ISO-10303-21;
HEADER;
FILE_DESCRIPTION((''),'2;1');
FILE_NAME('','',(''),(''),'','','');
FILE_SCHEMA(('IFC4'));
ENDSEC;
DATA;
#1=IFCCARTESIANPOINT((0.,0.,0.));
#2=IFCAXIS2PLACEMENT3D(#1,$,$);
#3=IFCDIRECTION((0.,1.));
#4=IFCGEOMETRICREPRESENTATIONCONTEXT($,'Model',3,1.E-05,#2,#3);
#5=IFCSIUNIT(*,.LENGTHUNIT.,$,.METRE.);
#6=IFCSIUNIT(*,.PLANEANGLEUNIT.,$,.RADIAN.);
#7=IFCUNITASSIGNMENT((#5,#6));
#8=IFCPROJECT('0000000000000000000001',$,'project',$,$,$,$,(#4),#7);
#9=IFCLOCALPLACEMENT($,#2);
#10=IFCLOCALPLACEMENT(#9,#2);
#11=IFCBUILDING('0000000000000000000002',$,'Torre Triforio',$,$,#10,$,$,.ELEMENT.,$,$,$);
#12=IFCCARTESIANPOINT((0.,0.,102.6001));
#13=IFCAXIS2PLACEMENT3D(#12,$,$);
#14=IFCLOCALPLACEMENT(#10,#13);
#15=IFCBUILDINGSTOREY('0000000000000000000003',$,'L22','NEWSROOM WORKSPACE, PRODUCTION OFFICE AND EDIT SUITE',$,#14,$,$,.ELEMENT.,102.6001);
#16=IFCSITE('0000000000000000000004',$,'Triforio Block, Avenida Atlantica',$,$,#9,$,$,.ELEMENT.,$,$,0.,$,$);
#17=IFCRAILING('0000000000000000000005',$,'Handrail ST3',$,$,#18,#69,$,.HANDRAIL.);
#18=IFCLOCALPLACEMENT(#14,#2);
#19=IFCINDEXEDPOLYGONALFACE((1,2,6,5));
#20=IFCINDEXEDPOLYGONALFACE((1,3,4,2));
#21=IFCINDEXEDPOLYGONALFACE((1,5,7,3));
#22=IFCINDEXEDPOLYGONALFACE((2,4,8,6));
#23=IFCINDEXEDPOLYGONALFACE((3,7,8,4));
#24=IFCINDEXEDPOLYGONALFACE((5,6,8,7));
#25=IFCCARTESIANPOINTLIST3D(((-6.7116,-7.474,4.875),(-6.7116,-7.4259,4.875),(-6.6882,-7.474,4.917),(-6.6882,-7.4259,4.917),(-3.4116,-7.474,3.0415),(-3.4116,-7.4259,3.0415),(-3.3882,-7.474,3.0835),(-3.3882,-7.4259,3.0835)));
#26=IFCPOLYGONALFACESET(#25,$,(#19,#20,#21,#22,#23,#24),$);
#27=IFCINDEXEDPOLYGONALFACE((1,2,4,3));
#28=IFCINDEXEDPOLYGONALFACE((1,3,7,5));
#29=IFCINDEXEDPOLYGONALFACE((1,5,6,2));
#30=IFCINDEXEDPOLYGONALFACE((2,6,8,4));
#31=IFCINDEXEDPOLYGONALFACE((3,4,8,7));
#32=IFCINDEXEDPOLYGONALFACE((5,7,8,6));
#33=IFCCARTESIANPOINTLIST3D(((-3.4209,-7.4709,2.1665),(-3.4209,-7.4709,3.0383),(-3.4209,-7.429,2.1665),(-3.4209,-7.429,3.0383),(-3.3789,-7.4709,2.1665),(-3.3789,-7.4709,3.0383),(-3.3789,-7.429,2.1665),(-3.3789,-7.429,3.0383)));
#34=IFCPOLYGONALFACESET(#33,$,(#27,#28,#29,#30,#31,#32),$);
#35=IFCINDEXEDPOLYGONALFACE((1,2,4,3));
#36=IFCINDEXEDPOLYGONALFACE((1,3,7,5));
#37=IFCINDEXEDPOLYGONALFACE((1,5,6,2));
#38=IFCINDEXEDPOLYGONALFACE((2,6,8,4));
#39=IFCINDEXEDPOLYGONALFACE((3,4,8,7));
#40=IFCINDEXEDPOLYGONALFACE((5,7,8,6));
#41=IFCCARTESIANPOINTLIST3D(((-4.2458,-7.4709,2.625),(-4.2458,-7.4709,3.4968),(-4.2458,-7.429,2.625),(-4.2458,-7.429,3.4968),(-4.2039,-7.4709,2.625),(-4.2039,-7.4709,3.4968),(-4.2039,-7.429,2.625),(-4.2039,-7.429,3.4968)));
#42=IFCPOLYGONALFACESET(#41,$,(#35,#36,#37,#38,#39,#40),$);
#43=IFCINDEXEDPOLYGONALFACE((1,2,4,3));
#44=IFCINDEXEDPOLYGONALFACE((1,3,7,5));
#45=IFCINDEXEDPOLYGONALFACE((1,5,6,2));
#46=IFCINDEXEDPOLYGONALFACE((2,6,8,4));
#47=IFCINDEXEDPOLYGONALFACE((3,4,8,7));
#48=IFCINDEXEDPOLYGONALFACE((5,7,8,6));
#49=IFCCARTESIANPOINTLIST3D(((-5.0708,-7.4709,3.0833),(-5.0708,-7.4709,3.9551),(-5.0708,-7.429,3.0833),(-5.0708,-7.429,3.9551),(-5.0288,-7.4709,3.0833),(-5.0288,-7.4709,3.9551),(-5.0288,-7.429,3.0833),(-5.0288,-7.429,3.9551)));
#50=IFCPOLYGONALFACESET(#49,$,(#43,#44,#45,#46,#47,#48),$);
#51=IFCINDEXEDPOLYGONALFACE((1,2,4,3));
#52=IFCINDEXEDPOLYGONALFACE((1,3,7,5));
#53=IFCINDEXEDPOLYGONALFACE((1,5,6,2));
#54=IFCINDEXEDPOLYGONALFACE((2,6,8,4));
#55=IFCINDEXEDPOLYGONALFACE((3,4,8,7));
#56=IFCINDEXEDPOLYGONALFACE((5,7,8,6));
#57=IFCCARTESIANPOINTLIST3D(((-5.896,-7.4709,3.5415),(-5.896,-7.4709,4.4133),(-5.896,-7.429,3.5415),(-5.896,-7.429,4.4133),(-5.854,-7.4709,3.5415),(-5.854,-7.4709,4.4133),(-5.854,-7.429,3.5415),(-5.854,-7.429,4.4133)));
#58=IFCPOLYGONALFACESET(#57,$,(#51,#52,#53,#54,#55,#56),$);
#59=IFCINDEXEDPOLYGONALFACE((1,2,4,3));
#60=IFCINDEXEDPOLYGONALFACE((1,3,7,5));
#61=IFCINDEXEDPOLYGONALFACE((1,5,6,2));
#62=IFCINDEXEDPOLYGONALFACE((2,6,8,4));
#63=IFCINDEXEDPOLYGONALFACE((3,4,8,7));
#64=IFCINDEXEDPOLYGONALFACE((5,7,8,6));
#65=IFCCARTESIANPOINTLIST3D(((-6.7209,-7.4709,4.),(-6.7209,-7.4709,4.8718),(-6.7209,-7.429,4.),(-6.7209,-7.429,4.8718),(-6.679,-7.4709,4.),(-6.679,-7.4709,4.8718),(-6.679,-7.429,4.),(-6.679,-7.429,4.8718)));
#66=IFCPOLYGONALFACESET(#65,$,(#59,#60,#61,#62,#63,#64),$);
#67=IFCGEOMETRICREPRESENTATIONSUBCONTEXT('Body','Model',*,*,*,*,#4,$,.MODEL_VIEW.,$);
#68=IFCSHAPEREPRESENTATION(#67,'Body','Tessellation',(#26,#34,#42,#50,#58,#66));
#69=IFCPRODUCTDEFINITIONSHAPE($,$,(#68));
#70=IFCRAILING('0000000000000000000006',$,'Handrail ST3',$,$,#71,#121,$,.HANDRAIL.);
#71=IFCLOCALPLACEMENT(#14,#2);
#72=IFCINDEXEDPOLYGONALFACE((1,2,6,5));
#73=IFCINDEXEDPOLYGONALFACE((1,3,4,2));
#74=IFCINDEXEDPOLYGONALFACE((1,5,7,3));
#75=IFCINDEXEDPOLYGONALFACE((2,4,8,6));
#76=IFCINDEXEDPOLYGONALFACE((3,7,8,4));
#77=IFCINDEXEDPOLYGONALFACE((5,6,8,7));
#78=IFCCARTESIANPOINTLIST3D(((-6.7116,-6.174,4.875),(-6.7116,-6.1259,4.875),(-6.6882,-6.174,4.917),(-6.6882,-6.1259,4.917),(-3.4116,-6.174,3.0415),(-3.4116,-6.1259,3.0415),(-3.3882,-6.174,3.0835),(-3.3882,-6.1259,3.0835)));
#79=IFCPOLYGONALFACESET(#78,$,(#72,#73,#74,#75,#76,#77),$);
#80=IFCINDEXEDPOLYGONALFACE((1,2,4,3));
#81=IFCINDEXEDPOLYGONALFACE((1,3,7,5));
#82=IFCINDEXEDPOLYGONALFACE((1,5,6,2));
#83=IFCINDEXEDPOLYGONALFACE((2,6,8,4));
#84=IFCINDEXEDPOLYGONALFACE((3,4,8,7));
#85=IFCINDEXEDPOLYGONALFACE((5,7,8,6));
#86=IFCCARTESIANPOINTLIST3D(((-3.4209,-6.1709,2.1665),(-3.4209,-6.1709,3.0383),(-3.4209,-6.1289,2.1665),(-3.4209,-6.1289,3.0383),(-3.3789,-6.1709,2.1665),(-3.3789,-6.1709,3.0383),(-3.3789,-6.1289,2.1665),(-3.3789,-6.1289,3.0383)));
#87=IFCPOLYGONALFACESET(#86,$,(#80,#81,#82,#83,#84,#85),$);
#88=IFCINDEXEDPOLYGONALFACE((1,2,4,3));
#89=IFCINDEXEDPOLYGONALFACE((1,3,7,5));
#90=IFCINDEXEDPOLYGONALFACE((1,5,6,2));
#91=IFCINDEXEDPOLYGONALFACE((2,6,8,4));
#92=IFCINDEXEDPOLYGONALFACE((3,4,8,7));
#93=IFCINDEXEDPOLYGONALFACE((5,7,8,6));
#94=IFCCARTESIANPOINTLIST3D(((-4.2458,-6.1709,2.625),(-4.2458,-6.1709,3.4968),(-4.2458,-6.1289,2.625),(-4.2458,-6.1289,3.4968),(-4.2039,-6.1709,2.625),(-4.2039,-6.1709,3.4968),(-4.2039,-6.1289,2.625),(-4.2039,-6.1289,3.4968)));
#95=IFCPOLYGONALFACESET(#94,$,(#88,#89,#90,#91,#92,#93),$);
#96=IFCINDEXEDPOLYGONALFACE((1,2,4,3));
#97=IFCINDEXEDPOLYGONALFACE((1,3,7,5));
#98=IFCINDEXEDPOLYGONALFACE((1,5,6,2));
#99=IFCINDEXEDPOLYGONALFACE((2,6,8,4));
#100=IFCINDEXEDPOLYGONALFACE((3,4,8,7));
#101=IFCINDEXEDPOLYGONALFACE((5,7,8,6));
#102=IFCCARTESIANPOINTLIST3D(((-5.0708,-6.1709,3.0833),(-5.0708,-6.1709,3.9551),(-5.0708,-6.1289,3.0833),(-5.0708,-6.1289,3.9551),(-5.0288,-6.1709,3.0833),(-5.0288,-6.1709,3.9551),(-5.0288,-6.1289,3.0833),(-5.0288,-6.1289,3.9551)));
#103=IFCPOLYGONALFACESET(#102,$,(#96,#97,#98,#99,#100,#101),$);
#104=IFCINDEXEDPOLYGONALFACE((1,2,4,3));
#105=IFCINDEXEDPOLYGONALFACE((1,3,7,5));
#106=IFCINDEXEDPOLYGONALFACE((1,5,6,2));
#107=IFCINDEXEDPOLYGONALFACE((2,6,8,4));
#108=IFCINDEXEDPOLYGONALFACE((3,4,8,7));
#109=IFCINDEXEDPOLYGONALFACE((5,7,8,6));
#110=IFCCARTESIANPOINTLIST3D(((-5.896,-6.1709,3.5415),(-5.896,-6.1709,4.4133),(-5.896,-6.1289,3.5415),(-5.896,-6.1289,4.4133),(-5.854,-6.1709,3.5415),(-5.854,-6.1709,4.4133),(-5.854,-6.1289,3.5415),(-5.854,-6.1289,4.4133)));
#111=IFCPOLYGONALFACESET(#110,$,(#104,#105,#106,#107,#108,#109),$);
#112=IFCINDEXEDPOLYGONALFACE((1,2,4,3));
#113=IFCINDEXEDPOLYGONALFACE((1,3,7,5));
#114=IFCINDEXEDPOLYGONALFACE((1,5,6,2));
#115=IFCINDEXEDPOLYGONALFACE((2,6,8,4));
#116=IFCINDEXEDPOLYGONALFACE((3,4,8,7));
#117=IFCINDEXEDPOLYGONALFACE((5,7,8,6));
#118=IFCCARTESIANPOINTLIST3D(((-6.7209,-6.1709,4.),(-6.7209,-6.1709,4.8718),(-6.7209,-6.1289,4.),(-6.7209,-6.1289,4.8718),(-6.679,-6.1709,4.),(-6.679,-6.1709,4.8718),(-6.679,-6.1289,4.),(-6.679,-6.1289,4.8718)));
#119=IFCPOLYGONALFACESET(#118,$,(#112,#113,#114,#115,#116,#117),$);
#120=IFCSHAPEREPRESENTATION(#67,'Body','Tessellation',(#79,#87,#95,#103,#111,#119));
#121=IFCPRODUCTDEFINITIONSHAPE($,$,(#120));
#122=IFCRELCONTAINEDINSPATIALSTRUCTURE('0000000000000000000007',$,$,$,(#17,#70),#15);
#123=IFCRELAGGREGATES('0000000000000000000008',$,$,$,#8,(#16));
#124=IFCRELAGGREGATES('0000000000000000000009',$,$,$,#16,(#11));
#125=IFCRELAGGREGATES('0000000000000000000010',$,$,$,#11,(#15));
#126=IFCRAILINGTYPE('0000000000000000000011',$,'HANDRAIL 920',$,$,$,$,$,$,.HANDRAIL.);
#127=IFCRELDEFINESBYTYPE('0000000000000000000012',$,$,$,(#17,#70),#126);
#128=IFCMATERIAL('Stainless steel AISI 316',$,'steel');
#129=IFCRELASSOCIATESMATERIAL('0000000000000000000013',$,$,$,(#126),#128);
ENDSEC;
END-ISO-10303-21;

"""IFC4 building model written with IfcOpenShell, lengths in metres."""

from ifc_helpers import new_model, si_unit, direction, frame, origin, origin_2d, place, context, subcontext, project, spatial, rectangle, extrude, material, type_object, element, save


model = new_model("IFC4")

# Units and contexts
model_context = context("Model", 3, precision=1e-05, world=origin(), true_north=direction((0.0, 1.0)))
body_context = subcontext(model_context, "Body", "Model", "MODEL_VIEW")
ifc_project = project(units=[si_unit("LENGTHUNIT", "METRE"), si_unit("PLANEANGLEUNIT", "RADIAN")], contexts=[model_context])

# Site, building, storey
site_placement = place(None, origin())
site = spatial("IfcSite", under=ifc_project, at=site_placement, Name="Triforio Block, Avenida Atlantica", CompositionType="ELEMENT", RefElevation=0.0)
building_placement = place(site_placement, origin())
building = spatial("IfcBuilding", under=site, at=building_placement, Name="Torre Triforio", CompositionType="ELEMENT")
storey_placement = place(building_placement, frame((0.0, 0.0, 102.6001)))
storey = spatial("IfcBuildingStorey", under=building, at=storey_placement, Name="L22", Description="NEWSROOM WORKSPACE, PRODUCTION OFFICE AND EDIT SUITE", CompositionType="ELEMENT", Elevation=102.6001)

# Railings
ifc_material_1 = material(Name="Stainless steel AISI 316", Category="steel")
railing_type = type_object("IfcRailingType", Name="HANDRAIL 920", PredefinedType="HANDRAIL", material=ifc_material_1)
for number, where, name in (
    (1, (-3.3999, -7.45, 2.1665), "Handrail ST3"),
    (2, (-3.3999, -6.1499, 2.1665), "Handrail ST3"),
):
    element("IfcRailing", number, at=place(storey_placement, frame(where)), inside=storey, type_object=railing_type, Name=name, PredefinedType="HANDRAIL", context=body_context, shape_type="SweptSolid", body=[
        extrude(rectangle(XDim=0.0481, YDim=0.0481, at=origin_2d()), frame((0.0, 0.0, 0.896), z_axis=(-0.874142, 0.0, 0.48567), x_axis=(0.0, -1.0, 0.0)), (0.0, 0.0, 1.0), 3.7751),
        extrude(rectangle(XDim=0.042, YDim=0.042, at=origin_2d()), origin(), (0.0, 0.0, 1.0), 0.8718),
        extrude(rectangle(XDim=0.042, YDim=0.042, at=origin_2d()), frame((-0.825, 0.0, 0.4585)), (0.0, 0.0, 1.0), 0.8718),
        extrude(rectangle(XDim=0.042, YDim=0.042, at=origin_2d()), frame((-1.6499, 0.0, 0.9167)), (0.0, 0.0, 1.0), 0.8718),
        extrude(rectangle(XDim=0.042, YDim=0.042, at=origin_2d()), frame((-2.4751, 0.0, 1.375)), (0.0, 0.0, 1.0), 0.8718),
        extrude(rectangle(XDim=0.042, YDim=0.042, at=origin_2d()), frame((-3.3, 0.0, 1.8335)), (0.0, 0.0, 1.0), 0.8718),
    ])

save(model, "model.ifc")
